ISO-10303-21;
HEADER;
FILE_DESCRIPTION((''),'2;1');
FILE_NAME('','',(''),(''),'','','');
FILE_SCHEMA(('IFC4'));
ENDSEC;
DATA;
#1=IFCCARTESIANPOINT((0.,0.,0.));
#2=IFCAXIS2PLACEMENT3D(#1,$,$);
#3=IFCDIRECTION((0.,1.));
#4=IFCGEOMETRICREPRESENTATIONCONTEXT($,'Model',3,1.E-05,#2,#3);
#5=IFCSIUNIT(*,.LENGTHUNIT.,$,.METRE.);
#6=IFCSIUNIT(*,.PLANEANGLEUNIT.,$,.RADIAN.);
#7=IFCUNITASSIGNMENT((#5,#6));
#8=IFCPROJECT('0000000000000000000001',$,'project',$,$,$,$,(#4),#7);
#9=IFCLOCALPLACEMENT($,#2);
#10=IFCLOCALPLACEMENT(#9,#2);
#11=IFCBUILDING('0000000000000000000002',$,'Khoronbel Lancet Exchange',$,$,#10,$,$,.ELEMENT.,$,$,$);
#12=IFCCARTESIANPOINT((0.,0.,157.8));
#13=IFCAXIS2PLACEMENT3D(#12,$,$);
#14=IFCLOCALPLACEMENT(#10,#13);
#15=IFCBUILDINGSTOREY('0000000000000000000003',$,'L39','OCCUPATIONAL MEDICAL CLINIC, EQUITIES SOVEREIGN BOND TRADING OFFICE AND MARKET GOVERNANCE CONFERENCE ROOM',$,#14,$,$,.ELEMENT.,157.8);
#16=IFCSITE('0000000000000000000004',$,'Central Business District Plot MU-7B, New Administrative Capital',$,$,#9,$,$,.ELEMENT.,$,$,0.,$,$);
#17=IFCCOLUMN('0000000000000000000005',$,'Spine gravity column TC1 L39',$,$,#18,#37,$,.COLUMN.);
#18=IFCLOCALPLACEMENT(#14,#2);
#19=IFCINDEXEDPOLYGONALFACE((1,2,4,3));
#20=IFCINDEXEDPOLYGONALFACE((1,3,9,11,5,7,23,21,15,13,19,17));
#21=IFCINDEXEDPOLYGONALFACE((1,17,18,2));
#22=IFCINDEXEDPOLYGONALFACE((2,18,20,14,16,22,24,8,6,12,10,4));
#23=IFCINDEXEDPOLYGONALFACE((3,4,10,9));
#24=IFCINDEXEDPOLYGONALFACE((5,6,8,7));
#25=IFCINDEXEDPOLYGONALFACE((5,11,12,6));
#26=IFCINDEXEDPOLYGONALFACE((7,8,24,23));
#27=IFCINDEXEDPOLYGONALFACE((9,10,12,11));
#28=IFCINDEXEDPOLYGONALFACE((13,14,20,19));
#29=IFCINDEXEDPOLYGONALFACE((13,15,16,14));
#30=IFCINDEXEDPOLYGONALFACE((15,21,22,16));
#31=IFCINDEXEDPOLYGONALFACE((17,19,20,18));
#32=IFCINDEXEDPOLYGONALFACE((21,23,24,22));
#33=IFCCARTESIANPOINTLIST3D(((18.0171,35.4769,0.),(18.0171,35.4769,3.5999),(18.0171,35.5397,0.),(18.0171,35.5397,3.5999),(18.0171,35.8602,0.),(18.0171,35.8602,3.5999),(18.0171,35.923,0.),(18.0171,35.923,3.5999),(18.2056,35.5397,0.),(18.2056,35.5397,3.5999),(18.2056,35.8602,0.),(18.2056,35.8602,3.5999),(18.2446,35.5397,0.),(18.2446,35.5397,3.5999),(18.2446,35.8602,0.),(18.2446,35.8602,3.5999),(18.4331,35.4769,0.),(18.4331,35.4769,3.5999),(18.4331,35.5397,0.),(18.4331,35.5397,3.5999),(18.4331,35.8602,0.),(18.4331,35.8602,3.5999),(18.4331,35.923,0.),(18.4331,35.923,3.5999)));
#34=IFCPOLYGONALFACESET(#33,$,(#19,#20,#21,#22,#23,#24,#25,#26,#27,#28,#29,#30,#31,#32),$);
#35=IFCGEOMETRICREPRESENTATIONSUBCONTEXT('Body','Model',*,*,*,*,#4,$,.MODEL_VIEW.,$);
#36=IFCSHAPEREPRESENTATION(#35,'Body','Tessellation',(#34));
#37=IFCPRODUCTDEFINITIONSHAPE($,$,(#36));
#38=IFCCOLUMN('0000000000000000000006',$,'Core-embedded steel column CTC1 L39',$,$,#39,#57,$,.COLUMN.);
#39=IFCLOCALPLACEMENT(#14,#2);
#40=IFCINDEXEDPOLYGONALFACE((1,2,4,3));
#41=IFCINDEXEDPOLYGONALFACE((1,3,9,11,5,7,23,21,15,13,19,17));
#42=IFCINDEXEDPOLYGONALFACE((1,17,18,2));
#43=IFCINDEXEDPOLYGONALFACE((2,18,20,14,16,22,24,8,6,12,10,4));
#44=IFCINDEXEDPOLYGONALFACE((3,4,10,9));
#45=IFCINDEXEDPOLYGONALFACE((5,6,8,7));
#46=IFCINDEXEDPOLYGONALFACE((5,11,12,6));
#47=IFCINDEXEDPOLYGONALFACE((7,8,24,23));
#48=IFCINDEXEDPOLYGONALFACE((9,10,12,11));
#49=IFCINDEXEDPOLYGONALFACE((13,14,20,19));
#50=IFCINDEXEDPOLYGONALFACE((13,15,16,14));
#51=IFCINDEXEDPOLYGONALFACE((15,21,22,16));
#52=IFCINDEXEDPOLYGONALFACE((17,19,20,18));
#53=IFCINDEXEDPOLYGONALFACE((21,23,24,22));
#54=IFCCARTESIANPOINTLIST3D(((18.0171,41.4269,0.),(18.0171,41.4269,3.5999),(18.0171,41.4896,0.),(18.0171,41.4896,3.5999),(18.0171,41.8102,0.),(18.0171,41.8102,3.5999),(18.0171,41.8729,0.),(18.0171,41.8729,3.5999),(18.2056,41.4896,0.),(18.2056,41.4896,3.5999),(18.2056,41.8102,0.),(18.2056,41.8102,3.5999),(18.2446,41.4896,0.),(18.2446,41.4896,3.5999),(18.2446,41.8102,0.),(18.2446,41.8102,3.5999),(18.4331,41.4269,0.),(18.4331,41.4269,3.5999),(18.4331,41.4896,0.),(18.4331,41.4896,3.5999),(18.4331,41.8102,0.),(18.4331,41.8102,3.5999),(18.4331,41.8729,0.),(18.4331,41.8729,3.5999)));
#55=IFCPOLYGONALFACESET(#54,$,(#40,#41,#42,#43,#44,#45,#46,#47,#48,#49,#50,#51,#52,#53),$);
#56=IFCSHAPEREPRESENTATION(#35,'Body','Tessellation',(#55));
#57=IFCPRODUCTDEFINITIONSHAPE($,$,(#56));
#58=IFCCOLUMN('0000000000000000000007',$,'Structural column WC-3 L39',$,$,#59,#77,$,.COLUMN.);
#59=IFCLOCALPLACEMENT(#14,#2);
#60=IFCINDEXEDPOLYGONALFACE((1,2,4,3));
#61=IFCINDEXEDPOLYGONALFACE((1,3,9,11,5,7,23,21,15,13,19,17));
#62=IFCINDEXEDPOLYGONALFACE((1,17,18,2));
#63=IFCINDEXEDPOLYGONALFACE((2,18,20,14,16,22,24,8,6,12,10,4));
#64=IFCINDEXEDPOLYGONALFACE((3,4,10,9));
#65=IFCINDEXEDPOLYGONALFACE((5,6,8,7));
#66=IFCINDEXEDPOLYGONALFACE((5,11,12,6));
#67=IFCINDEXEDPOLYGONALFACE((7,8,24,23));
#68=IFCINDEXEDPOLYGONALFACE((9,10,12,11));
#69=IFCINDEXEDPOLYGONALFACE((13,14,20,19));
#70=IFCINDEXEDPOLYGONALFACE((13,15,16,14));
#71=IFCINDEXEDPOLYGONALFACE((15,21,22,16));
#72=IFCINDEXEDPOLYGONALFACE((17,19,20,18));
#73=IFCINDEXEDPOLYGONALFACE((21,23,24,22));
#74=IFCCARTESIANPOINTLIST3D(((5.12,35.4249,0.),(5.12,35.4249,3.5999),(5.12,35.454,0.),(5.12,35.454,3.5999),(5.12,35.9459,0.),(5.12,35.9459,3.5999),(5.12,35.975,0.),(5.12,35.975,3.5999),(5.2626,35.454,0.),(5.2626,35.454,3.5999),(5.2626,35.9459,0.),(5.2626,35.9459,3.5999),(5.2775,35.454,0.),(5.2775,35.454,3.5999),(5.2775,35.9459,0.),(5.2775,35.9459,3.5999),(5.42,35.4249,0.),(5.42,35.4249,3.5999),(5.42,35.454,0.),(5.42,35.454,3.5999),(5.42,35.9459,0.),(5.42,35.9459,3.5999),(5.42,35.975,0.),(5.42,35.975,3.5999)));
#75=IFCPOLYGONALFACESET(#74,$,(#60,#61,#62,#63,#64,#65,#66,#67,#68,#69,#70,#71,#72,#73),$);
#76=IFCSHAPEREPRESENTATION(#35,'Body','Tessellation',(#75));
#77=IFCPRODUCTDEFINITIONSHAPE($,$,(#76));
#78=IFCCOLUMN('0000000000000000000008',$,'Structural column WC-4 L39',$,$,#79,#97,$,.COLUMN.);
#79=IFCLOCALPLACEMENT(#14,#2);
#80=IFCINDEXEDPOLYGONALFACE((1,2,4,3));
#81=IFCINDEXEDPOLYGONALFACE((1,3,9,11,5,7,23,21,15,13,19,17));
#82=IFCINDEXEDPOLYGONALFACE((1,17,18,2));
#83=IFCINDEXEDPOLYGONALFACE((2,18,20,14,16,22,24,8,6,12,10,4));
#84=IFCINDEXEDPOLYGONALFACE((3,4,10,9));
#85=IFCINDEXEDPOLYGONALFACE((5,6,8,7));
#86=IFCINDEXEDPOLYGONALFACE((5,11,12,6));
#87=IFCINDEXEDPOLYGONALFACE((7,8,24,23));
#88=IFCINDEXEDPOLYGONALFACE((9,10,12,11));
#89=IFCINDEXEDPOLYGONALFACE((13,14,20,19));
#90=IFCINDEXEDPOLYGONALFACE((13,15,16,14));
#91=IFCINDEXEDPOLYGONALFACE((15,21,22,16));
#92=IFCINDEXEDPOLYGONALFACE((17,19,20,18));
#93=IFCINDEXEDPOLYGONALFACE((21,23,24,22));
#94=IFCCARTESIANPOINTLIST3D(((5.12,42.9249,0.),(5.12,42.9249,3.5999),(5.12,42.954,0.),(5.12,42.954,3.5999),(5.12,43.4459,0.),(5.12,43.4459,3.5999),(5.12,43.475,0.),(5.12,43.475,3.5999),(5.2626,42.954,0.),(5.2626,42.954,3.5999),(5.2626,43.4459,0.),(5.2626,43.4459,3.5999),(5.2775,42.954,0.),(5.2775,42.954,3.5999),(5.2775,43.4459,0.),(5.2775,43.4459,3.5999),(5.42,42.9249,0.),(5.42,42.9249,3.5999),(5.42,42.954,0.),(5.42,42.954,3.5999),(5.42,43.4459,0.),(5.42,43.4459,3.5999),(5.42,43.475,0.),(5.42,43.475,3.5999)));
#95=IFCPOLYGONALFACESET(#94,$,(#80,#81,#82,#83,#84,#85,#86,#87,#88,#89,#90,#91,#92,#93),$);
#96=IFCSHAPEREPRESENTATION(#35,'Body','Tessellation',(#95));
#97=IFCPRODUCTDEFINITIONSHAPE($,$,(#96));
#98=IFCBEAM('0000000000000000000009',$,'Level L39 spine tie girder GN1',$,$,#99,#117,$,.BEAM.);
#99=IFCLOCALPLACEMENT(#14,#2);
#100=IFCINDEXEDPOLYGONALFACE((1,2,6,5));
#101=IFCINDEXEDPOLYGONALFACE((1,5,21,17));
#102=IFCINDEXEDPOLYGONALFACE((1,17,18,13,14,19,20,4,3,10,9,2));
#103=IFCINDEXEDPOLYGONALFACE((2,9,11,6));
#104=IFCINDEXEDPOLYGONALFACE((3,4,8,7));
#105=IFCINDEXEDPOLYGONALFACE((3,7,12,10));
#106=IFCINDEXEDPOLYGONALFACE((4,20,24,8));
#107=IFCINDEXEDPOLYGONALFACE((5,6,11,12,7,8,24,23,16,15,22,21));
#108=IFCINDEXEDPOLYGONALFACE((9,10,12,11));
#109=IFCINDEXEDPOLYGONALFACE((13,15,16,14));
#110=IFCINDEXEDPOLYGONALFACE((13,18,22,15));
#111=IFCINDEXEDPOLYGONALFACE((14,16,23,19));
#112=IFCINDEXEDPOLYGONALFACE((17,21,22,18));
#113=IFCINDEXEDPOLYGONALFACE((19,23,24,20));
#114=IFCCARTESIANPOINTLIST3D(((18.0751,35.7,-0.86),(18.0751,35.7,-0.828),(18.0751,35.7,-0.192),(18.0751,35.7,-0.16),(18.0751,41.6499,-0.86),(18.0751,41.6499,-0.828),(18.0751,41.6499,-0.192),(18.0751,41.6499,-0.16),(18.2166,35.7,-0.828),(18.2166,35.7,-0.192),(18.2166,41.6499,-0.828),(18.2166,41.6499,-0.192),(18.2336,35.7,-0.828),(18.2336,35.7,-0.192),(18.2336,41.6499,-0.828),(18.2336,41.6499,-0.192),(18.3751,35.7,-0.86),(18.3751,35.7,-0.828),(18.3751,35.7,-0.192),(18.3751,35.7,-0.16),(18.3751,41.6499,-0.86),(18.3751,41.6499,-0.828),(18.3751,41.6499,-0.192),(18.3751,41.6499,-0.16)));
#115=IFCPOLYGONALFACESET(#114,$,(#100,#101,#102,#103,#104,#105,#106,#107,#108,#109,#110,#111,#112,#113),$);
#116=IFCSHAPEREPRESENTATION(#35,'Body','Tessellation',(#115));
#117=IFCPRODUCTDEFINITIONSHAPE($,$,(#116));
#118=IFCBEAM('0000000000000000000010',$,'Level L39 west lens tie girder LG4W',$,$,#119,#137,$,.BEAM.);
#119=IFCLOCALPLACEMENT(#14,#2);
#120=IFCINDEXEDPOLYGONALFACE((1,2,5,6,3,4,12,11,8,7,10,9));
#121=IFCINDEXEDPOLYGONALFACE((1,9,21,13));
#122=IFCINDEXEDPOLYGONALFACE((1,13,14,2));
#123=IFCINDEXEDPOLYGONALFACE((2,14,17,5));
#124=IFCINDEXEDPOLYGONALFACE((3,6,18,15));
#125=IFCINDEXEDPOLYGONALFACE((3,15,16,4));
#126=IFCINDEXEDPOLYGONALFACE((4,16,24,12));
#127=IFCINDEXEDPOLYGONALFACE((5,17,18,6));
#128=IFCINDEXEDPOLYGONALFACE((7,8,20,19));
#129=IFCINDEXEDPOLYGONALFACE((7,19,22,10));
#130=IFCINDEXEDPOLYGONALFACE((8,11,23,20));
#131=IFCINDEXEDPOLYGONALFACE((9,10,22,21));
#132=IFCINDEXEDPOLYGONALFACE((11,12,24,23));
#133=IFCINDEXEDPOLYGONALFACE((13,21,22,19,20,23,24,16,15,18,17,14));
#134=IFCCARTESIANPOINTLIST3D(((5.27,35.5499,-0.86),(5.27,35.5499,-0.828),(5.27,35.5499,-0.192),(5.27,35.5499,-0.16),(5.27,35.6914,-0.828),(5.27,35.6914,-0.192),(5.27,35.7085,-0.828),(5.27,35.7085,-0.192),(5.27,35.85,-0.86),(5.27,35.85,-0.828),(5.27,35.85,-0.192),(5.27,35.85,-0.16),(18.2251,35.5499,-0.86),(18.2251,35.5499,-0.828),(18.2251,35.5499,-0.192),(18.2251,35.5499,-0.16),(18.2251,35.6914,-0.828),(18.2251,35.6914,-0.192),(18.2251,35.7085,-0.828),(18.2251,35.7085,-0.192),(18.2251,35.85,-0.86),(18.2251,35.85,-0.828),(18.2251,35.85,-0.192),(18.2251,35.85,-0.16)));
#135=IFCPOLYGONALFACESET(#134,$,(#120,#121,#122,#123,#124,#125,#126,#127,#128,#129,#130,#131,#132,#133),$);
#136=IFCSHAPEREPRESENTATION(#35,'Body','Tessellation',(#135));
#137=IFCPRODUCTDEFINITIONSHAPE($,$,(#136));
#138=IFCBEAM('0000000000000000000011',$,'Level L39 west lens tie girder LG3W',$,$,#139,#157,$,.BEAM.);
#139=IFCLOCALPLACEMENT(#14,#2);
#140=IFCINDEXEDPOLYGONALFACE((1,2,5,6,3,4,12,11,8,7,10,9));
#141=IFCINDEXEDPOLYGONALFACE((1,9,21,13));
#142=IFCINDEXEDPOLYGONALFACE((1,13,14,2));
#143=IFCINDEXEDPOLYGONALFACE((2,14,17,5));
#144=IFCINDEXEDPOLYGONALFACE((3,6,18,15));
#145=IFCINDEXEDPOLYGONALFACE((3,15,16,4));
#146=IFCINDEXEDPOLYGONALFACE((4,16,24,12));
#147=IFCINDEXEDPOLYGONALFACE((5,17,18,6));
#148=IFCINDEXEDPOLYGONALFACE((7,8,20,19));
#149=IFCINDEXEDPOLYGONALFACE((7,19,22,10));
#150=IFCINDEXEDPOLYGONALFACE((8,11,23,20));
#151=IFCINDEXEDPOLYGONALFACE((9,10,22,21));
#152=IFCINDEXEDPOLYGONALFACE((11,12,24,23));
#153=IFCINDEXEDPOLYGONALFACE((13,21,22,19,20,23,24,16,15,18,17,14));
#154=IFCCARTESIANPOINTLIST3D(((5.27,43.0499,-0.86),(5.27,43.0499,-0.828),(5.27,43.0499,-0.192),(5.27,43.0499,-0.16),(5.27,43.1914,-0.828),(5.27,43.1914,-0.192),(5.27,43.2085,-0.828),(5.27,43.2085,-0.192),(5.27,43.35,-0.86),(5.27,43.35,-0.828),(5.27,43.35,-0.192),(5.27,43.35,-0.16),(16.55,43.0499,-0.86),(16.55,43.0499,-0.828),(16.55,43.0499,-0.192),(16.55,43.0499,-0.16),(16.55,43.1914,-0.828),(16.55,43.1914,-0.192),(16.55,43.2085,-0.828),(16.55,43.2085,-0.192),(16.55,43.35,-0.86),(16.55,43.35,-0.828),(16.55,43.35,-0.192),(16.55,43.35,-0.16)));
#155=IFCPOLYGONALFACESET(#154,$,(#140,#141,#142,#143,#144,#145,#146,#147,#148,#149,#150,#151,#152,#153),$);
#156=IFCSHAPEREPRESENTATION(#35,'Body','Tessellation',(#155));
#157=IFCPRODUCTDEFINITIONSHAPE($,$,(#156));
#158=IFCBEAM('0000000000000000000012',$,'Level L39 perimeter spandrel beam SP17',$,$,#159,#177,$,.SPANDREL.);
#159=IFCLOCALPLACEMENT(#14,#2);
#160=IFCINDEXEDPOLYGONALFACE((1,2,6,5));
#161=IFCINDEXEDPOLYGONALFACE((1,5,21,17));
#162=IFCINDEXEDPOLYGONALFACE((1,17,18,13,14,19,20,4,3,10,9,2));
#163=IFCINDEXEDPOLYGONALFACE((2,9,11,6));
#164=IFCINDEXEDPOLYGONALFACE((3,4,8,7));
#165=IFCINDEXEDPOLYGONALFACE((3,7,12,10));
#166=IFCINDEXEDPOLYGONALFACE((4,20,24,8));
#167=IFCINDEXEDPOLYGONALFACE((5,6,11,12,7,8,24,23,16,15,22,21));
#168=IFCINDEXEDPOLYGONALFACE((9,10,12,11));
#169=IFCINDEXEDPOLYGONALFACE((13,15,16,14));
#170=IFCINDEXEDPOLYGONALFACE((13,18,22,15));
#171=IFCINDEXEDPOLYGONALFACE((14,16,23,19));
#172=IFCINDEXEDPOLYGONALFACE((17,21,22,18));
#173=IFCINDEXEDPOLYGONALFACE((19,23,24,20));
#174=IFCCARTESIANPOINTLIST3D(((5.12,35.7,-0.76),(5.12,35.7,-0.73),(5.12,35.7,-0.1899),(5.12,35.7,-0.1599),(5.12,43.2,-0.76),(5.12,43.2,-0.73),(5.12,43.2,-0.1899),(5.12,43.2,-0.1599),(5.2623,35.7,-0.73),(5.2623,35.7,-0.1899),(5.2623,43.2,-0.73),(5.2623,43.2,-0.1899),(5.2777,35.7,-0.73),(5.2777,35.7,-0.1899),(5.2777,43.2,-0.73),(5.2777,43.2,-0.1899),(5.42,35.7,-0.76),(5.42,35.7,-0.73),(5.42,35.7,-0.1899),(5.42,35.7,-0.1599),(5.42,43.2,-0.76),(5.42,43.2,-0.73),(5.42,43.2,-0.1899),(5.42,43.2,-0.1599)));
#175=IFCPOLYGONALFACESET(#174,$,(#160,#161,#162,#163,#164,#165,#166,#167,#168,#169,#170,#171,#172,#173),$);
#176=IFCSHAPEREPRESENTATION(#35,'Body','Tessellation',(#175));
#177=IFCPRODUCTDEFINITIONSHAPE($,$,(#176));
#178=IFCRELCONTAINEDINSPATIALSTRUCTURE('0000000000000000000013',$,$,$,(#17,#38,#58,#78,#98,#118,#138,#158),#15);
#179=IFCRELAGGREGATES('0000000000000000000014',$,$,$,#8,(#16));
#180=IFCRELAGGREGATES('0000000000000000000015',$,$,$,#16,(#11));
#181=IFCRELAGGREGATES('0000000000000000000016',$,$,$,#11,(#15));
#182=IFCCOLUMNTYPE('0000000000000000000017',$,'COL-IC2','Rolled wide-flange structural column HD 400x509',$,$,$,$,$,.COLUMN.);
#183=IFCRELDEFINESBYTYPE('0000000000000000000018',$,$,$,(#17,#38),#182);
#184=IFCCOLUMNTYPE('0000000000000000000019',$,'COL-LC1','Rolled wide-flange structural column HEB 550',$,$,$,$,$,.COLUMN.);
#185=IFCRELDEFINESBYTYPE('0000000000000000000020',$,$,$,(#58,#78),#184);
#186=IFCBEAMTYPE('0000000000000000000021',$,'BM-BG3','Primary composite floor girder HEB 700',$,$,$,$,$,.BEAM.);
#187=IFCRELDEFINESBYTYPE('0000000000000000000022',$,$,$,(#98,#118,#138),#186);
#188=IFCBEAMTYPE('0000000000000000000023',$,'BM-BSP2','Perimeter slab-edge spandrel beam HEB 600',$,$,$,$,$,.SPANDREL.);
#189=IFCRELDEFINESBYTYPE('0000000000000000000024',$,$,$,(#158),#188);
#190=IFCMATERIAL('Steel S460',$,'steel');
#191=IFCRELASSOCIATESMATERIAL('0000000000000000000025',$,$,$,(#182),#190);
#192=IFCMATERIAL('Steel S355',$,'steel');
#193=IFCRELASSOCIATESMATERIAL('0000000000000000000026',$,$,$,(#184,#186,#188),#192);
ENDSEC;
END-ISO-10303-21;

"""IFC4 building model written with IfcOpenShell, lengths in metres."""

from ifc_helpers import new_model, si_unit, direction, frame, origin, origin_2d, place, context, subcontext, project, spatial, i_section, extrude, material, material_profile, profile_set, type_object, element, save


model = new_model("IFC4")

# Units and contexts
model_context = context("Model", 3, precision=1e-05, world=origin(), true_north=direction((0.0, 1.0)))
body_context = subcontext(model_context, "Body", "Model", "MODEL_VIEW")
ifc_project = project(units=[si_unit("LENGTHUNIT", "METRE"), si_unit("PLANEANGLEUNIT", "RADIAN")], contexts=[model_context])

# Site, building, storey
site_placement = place(None, origin())
site = spatial("IfcSite", under=ifc_project, at=site_placement, Name="Central Business District Plot MU-7B, New Administrative Capital", CompositionType="ELEMENT", RefElevation=0.0)
building_placement = place(site_placement, origin())
building = spatial("IfcBuilding", under=site, at=building_placement, Name="Khoronbel Lancet Exchange", CompositionType="ELEMENT")
storey_placement = place(building_placement, frame((0.0, 0.0, 157.8)))
storey = spatial("IfcBuildingStorey", under=building, at=storey_placement, Name="L39", Description="OCCUPATIONAL MEDICAL CLINIC, EQUITIES SOVEREIGN BOND TRADING OFFICE AND MARKET GOVERNANCE CONFERENCE ROOM", CompositionType="ELEMENT", Elevation=157.8)

# Columns
ifc_material_1 = material(Name="Steel S460", Category="steel")
ifc_material_profile_1 = material_profile(ifc_material_1, i_section(OverallWidth=0.416, OverallDepth=0.446, WebThickness=0.0391, FlangeThickness=0.0627, at=origin_2d()), Name="HD 400x509")
ifc_profile_set_1 = profile_set([ifc_material_profile_1], Name="Steel S460")
column_type_1 = type_object("IfcColumnType", Name="COL-IC2", Description="Rolled wide-flange structural column HD 400x509", PredefinedType="COLUMN", material=ifc_profile_set_1)
for number, where, z_axis, x_axis, name in (
    (1, (18.2251, 35.7, 0.0), (0.0, 0.0, 1.0), (1.0, 0.0, 0.0), "Spine gravity column TC1 L39"),
    (2, (18.2251, 41.6499, 0.0), (0.0, 0.0, 1.0), (1.0, 0.0, 0.0), "Core-embedded steel column CTC1 L39"),
):
    element("IfcColumn", number, at=place(storey_placement, frame(where, z_axis=z_axis, x_axis=x_axis)), inside=storey, type_object=column_type_1, Name=name, PredefinedType="COLUMN", context=body_context, shape_type="SweptSolid", body=[
        extrude(i_section(OverallWidth=0.416, OverallDepth=0.446, WebThickness=0.0391, FlangeThickness=0.0627, at=origin_2d()), origin(), (0.0, 0.0, 1.0), 3.5999),
    ])
ifc_material_2 = material(Name="Steel S355", Category="steel")
ifc_material_profile_2 = material_profile(ifc_material_2, i_section(OverallWidth=0.3, OverallDepth=0.55, WebThickness=0.0149, FlangeThickness=0.0291, at=origin_2d()), Name="HEB 550")
ifc_profile_set_2 = profile_set([ifc_material_profile_2], Name="Steel S355")
column_type_2 = type_object("IfcColumnType", Name="COL-LC1", Description="Rolled wide-flange structural column HEB 550", PredefinedType="COLUMN", material=ifc_profile_set_2)
for number, where, z_axis, x_axis, name in (
    (3, (5.27, 35.7, 0.0), (0.0, 0.0, 1.0), (1.0, 0.0, 0.0), "Structural column WC-3 L39"),
    (4, (5.27, 43.2, 0.0), (0.0, 0.0, 1.0), (1.0, 0.0, 0.0), "Structural column WC-4 L39"),
):
    element("IfcColumn", number, at=place(storey_placement, frame(where, z_axis=z_axis, x_axis=x_axis)), inside=storey, type_object=column_type_2, Name=name, PredefinedType="COLUMN", context=body_context, shape_type="SweptSolid", body=[
        extrude(i_section(OverallWidth=0.3, OverallDepth=0.55, WebThickness=0.0149, FlangeThickness=0.0291, at=origin_2d()), origin(), (0.0, 0.0, 1.0), 3.5999),
    ])

# Beams
ifc_material_profile_3 = material_profile(ifc_material_2, i_section(OverallWidth=0.3, OverallDepth=0.7, WebThickness=0.0171, FlangeThickness=0.032, at=origin_2d()), Name="HEB 700")
ifc_profile_set_3 = profile_set([ifc_material_profile_3], Name="Steel S355")
beam_type_1 = type_object("IfcBeamType", Name="BM-BG3", Description="Primary composite floor girder HEB 700", PredefinedType="BEAM", material=ifc_profile_set_3)
beam_1_placement = place(storey_placement, frame((18.2251, 35.7, -0.51), z_axis=(0.0, 1.0, 0.0), x_axis=(-1.0, 0.0, 0.0)))
element("IfcBeam", 5, at=beam_1_placement, inside=storey, type_object=beam_type_1, Name="Level L39 spine tie girder GN1", PredefinedType="BEAM", context=body_context, shape_type="SweptSolid", body=[
    extrude(i_section(OverallWidth=0.3, OverallDepth=0.7, WebThickness=0.0171, FlangeThickness=0.032, at=origin_2d()), origin(), (0.0, 0.0, 1.0), 5.95),
])
beam_2_placement = place(storey_placement, frame((5.27, 35.7, -0.51), z_axis=(1.0, 0.0, 0.0), x_axis=(0.0, 1.0, 0.0)))
element("IfcBeam", 6, at=beam_2_placement, inside=storey, type_object=beam_type_1, Name="Level L39 west lens tie girder LG4W", PredefinedType="BEAM", context=body_context, shape_type="SweptSolid", body=[
    extrude(i_section(OverallWidth=0.3, OverallDepth=0.7, WebThickness=0.0171, FlangeThickness=0.032, at=origin_2d()), origin(), (0.0, 0.0, 1.0), 12.9551),
])
beam_3_placement = place(storey_placement, frame((5.27, 43.2, -0.51), z_axis=(1.0, 0.0, 0.0), x_axis=(0.0, 1.0, 0.0)))
element("IfcBeam", 7, at=beam_3_placement, inside=storey, type_object=beam_type_1, Name="Level L39 west lens tie girder LG3W", PredefinedType="BEAM", context=body_context, shape_type="SweptSolid", body=[
    extrude(i_section(OverallWidth=0.3, OverallDepth=0.7, WebThickness=0.0171, FlangeThickness=0.032, at=origin_2d()), origin(), (0.0, 0.0, 1.0), 11.28),
])
ifc_material_profile_4 = material_profile(ifc_material_2, i_section(OverallWidth=0.3, OverallDepth=0.6001, WebThickness=0.0154, FlangeThickness=0.03, at=origin_2d()), Name="HEB 600")
ifc_profile_set_4 = profile_set([ifc_material_profile_4], Name="Steel S355")
beam_type_2 = type_object("IfcBeamType", Name="BM-BSP2", Description="Perimeter slab-edge spandrel beam HEB 600", PredefinedType="SPANDREL", material=ifc_profile_set_4)
beam_4_placement = place(storey_placement, frame((5.27, 43.2, -0.46), z_axis=(0.0, -1.0, 0.0), x_axis=(1.0, 0.0, 0.0)))
element("IfcBeam", 8, at=beam_4_placement, inside=storey, type_object=beam_type_2, Name="Level L39 perimeter spandrel beam SP17", PredefinedType="SPANDREL", context=body_context, shape_type="SweptSolid", body=[
    extrude(i_section(OverallWidth=0.3, OverallDepth=0.6001, WebThickness=0.0154, FlangeThickness=0.03, at=origin_2d()), origin(), (0.0, 0.0, 1.0), 7.5),
])

save(model, "model.ifc")
